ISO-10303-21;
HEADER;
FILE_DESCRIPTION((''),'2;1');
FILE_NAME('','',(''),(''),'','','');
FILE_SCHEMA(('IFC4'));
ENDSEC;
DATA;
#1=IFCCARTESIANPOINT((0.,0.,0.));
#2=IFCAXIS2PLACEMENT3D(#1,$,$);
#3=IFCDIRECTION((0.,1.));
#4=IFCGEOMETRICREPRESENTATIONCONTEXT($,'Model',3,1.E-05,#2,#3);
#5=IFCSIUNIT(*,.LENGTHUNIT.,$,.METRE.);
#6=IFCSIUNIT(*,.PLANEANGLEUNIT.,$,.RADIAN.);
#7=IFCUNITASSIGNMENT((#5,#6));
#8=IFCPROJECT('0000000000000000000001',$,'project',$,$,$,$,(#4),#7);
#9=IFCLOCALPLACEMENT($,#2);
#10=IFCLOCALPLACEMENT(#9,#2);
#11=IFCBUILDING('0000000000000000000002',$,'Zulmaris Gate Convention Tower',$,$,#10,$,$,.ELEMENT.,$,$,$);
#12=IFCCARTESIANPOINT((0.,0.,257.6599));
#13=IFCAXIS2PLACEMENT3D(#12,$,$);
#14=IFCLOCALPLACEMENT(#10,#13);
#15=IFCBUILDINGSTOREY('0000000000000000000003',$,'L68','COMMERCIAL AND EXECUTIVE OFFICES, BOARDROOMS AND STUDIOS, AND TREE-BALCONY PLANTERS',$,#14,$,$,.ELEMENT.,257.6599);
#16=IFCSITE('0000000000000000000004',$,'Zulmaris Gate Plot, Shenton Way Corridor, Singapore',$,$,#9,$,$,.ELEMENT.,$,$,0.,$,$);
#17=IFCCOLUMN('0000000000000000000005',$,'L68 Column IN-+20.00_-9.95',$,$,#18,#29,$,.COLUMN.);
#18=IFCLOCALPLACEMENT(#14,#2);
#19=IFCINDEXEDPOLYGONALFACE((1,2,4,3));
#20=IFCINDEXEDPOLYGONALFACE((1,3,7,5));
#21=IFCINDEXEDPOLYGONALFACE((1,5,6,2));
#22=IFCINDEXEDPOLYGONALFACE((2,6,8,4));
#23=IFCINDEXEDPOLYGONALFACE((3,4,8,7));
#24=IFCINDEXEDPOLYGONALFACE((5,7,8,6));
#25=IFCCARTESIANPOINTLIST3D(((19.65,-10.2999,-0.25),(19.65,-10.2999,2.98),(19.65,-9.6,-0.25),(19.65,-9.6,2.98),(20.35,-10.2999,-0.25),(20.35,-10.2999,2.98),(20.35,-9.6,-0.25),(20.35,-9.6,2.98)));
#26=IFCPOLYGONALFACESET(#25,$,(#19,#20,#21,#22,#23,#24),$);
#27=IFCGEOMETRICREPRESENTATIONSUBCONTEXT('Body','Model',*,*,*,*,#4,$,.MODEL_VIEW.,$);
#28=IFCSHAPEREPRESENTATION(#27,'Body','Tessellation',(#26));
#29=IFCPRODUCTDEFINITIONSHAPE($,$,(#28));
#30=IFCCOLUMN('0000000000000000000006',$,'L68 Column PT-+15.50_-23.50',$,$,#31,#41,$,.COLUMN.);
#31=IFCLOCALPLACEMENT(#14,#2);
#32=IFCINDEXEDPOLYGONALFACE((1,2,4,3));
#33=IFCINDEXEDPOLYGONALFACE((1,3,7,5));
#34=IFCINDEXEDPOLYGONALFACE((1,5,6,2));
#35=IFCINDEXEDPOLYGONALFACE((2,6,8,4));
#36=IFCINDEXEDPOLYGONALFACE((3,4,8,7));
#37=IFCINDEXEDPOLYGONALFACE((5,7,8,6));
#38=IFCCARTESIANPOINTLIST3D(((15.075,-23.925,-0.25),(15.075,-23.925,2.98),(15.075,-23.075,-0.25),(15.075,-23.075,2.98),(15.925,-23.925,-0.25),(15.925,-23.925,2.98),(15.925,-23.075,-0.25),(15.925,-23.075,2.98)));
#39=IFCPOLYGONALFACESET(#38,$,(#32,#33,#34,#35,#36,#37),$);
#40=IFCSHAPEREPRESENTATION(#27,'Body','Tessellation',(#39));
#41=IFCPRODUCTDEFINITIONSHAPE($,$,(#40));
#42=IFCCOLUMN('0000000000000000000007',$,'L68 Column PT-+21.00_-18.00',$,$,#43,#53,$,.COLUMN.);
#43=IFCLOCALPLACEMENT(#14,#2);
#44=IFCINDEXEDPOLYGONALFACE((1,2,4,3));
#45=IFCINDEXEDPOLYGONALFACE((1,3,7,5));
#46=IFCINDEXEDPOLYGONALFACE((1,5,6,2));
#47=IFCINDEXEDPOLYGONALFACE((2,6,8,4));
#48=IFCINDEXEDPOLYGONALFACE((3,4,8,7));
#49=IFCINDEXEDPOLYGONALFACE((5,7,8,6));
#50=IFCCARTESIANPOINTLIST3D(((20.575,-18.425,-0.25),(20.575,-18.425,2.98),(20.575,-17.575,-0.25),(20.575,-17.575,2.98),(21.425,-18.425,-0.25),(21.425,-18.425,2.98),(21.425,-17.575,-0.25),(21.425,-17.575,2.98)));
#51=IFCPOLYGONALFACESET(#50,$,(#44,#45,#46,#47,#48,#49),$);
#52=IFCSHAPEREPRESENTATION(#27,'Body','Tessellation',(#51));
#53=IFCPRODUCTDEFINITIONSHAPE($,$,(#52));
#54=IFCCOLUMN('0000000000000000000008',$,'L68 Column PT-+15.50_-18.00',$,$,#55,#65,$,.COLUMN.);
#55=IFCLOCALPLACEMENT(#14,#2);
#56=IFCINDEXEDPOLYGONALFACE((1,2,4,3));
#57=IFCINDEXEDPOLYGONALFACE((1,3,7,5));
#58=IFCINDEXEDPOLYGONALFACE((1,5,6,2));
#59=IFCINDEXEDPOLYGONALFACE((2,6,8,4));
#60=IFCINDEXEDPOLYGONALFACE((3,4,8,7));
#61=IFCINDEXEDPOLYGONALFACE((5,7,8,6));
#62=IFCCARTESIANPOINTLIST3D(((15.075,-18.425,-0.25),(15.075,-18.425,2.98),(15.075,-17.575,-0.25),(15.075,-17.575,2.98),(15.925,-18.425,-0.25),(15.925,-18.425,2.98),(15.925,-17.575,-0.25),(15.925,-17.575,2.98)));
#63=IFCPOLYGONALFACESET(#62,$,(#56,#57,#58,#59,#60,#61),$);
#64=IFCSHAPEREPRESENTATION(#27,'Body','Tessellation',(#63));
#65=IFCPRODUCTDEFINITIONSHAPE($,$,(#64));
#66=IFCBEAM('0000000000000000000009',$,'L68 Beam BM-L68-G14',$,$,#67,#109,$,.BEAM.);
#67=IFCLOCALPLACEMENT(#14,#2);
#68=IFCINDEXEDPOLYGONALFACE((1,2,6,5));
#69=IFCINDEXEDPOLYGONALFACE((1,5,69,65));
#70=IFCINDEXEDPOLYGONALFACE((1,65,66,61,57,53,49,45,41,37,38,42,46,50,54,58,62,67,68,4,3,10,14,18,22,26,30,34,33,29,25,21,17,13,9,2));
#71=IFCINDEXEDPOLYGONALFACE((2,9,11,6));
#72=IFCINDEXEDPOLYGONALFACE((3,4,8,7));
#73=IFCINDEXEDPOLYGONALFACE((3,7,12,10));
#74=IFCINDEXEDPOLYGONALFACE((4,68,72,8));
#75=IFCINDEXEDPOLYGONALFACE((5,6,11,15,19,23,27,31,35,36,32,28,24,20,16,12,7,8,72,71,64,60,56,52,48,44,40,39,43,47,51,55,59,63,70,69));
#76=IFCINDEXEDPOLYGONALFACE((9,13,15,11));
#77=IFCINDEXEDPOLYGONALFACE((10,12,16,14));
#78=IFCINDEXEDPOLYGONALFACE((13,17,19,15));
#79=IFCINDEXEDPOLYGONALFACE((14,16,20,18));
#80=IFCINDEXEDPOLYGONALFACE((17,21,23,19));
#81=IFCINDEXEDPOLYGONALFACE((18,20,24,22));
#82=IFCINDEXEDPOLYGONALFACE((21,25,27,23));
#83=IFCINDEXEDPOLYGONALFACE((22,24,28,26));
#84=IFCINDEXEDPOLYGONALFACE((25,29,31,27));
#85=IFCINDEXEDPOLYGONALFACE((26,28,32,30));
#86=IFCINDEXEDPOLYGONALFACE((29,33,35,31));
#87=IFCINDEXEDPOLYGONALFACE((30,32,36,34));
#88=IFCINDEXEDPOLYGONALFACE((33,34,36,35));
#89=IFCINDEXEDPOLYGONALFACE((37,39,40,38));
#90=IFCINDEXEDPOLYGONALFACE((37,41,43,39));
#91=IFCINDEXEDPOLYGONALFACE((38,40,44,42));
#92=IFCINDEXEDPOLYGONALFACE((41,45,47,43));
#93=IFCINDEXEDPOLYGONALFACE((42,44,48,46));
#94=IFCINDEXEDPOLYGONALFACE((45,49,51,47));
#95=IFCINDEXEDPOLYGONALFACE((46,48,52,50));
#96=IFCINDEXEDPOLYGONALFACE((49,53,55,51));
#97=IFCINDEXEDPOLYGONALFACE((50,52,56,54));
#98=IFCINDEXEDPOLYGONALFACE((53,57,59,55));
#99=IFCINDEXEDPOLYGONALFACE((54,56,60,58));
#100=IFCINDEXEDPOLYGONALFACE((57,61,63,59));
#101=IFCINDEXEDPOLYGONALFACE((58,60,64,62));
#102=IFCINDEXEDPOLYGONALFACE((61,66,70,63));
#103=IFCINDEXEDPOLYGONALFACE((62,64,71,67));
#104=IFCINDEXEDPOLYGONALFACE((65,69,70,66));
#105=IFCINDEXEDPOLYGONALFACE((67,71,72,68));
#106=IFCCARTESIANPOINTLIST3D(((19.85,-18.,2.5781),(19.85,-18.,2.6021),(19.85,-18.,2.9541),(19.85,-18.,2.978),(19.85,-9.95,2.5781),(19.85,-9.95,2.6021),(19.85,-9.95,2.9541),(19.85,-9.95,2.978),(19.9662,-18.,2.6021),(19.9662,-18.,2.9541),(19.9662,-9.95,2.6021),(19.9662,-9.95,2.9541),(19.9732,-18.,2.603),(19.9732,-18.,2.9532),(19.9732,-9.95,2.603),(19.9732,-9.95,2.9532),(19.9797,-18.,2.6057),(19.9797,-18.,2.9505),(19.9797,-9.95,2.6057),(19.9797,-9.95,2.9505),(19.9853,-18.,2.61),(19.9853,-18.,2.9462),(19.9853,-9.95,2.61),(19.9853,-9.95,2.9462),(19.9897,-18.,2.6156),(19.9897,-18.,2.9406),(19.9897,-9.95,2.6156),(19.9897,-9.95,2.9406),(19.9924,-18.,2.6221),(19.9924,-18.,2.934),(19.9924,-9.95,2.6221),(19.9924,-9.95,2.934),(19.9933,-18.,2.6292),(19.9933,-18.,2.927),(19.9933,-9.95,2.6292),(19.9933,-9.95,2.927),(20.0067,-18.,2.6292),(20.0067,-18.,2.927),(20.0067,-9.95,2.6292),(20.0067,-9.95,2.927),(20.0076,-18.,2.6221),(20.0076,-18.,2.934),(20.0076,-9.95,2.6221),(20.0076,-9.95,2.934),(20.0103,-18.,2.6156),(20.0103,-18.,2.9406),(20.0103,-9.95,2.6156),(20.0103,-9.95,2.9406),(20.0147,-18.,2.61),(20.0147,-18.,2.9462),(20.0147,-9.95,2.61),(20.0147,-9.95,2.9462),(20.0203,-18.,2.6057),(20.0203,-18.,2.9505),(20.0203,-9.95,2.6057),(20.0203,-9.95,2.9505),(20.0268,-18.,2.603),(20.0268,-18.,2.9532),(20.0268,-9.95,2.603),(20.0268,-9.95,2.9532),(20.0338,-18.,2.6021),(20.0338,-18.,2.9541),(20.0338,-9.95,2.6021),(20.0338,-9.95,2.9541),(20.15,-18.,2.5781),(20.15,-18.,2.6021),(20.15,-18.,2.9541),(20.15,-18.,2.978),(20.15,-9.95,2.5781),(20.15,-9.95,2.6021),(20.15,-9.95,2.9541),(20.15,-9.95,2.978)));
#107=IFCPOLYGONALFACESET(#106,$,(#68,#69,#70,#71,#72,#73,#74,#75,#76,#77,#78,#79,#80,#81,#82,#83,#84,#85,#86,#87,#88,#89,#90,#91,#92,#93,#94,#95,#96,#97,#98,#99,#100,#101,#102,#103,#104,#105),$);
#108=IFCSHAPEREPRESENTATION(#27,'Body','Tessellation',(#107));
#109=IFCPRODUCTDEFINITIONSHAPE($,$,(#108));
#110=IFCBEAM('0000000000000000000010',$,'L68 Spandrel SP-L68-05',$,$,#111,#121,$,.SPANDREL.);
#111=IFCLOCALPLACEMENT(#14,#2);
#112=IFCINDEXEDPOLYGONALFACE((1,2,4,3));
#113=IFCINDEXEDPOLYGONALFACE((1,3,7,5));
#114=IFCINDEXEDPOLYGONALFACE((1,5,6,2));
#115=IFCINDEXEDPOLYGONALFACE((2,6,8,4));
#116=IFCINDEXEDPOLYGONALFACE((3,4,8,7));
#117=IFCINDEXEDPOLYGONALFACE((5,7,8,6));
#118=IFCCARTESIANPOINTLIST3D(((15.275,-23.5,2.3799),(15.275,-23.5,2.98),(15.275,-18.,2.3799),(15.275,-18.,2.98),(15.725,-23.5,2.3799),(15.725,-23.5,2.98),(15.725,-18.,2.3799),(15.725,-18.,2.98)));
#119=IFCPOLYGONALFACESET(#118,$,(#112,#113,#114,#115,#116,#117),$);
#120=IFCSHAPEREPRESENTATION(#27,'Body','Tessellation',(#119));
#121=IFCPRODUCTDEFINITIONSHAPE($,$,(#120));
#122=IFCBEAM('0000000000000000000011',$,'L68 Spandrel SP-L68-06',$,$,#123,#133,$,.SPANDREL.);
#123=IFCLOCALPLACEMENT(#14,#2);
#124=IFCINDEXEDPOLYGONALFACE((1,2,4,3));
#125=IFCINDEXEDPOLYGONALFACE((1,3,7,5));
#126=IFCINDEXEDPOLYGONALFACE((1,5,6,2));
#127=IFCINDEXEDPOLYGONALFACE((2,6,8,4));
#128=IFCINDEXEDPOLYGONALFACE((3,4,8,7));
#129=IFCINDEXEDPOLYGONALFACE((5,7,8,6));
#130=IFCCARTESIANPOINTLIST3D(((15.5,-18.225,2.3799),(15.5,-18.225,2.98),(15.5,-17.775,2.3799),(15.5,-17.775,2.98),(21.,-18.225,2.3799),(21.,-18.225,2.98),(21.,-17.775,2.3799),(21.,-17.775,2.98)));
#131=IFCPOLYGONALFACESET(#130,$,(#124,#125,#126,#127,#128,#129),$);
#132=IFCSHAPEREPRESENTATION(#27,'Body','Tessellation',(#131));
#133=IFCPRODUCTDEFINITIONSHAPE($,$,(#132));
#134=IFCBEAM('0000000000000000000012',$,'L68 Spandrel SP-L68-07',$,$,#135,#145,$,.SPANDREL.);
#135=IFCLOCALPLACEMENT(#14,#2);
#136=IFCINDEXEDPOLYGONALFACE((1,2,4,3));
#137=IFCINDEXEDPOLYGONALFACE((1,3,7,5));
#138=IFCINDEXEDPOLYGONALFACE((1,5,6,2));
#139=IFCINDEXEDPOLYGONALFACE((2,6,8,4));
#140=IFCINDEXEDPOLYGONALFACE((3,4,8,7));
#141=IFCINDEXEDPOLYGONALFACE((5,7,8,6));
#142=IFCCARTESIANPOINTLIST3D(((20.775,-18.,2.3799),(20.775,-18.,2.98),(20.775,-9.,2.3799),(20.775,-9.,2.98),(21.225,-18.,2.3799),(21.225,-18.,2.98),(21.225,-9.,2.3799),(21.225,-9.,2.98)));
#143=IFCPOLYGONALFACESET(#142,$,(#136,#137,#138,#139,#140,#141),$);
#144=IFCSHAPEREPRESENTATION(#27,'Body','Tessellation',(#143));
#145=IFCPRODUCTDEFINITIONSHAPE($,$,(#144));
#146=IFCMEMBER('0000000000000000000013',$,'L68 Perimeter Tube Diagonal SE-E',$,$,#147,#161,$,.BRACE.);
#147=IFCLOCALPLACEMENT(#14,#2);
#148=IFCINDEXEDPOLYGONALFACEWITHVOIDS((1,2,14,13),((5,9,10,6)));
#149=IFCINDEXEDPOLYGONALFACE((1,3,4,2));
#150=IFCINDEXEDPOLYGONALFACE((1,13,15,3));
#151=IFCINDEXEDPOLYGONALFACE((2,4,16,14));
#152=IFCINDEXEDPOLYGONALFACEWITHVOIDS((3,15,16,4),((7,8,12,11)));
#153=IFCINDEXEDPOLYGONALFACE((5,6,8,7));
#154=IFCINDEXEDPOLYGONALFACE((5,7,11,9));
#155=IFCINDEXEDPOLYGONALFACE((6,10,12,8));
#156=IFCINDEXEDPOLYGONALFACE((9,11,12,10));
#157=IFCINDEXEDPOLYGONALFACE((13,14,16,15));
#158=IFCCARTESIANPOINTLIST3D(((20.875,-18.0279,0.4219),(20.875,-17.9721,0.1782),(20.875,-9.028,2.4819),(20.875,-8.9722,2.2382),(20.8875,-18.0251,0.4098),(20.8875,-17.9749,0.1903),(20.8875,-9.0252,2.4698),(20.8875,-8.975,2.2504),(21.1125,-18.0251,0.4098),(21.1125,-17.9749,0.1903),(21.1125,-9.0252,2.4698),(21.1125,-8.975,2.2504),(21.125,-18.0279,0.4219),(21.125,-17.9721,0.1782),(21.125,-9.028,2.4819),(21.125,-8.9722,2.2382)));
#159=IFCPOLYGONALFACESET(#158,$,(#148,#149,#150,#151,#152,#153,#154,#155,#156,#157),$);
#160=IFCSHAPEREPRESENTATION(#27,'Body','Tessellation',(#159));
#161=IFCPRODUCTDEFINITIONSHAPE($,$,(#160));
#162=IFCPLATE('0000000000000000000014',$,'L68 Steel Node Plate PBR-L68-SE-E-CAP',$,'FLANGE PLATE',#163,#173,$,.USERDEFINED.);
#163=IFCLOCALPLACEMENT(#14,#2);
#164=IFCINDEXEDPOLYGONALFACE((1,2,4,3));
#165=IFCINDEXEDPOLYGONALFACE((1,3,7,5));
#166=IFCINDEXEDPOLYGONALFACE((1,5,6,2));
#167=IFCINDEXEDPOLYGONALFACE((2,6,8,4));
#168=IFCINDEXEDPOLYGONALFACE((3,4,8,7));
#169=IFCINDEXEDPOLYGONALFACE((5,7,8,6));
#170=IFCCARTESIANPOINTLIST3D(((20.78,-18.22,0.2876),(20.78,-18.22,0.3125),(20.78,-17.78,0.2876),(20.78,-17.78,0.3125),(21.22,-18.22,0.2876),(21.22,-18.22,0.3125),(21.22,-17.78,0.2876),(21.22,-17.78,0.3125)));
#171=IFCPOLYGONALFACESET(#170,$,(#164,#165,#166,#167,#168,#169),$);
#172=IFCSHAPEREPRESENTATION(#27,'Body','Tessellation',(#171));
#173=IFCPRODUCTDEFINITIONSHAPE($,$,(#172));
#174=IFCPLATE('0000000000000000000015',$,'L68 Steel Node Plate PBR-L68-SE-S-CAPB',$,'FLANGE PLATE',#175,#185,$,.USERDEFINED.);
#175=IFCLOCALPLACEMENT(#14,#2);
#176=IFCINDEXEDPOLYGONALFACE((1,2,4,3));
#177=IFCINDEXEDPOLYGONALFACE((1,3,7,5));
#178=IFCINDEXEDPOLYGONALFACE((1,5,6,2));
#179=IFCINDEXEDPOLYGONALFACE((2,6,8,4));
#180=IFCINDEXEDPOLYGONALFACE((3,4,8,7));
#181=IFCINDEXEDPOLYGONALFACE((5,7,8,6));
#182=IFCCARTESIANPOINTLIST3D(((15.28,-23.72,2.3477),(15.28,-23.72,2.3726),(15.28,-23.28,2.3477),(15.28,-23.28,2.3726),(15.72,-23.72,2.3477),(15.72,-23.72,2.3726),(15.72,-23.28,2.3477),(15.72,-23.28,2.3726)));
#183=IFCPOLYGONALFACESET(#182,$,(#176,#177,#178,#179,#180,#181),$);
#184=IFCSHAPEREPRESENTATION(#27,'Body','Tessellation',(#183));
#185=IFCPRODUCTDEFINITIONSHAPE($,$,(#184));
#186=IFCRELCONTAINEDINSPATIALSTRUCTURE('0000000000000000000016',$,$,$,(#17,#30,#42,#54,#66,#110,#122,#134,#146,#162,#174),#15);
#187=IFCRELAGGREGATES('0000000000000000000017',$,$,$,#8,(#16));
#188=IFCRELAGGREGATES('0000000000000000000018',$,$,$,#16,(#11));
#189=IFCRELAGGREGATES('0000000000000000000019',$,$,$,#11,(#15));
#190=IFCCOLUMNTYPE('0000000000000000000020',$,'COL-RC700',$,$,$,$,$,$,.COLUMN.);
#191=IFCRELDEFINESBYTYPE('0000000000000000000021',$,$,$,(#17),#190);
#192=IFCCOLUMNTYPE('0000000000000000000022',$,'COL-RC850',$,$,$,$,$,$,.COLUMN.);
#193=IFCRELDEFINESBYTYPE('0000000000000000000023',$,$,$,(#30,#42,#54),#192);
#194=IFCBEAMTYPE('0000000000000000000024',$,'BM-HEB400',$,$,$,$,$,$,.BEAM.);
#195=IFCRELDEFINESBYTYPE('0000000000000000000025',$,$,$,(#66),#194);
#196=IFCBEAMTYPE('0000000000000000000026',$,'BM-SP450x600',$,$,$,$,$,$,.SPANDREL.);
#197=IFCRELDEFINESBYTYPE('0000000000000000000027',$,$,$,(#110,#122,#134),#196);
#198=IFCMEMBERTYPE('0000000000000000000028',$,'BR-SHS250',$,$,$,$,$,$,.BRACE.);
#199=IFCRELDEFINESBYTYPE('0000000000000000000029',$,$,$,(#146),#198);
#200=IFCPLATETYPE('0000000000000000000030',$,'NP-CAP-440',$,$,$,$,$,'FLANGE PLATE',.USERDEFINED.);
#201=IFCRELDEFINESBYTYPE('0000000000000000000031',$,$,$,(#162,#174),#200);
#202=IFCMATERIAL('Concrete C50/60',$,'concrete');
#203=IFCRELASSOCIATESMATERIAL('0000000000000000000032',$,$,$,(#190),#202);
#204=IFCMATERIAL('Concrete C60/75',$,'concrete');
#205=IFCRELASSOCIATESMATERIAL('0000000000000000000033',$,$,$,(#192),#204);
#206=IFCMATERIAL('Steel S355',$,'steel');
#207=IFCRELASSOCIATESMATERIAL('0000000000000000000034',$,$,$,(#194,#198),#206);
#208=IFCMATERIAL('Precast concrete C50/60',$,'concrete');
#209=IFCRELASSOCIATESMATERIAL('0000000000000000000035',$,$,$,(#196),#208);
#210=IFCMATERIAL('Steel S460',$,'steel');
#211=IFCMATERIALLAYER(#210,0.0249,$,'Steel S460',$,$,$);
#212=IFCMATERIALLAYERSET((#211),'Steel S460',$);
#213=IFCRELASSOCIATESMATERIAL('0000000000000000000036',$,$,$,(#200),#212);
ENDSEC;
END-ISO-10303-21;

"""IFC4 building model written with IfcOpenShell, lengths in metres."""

from ifc_helpers import new_model, si_unit, direction, frame, origin, origin_2d, place, context, subcontext, project, spatial, rectangle, hollow_rectangle, i_section, extrude, material, layer, layer_set, material_profile, profile_set, type_object, element, save


model = new_model("IFC4")

# Units and contexts
model_context = context("Model", 3, precision=1e-05, world=origin(), true_north=direction((0.0, 1.0)))
body_context = subcontext(model_context, "Body", "Model", "MODEL_VIEW")
ifc_project = project(units=[si_unit("LENGTHUNIT", "METRE"), si_unit("PLANEANGLEUNIT", "RADIAN")], contexts=[model_context])

# Site, building, storey
site_placement = place(None, origin())
site = spatial("IfcSite", under=ifc_project, at=site_placement, Name="Zulmaris Gate Plot, Shenton Way Corridor, Singapore", CompositionType="ELEMENT", RefElevation=0.0)
building_placement = place(site_placement, origin())
building = spatial("IfcBuilding", under=site, at=building_placement, Name="Zulmaris Gate Convention Tower", CompositionType="ELEMENT")
storey_placement = place(building_placement, frame((0.0, 0.0, 257.6599)))
storey = spatial("IfcBuildingStorey", under=building, at=storey_placement, Name="L68", Description="COMMERCIAL AND EXECUTIVE OFFICES, BOARDROOMS AND STUDIOS, AND TREE-BALCONY PLANTERS", CompositionType="ELEMENT", Elevation=257.6599)

# Columns
ifc_material_1 = material(Name="Concrete C50/60", Category="concrete")
ifc_material_profile_1 = material_profile(ifc_material_1, rectangle(XDim=0.7, YDim=0.7, at=origin_2d()), Name="RC COL 700x700")
ifc_profile_set_1 = profile_set([ifc_material_profile_1], Name="Concrete C50/60")
column_type_1 = type_object("IfcColumnType", Name="COL-RC700", PredefinedType="COLUMN", material=ifc_profile_set_1)
column_placement = place(storey_placement, frame((20.0, -9.95, -0.25), z_axis=(0.0, 0.0, 1.0), x_axis=(1.0, 0.0, 0.0)))
element("IfcColumn", 1, at=column_placement, inside=storey, type_object=column_type_1, Name="L68 Column IN-+20.00_-9.95", PredefinedType="COLUMN", context=body_context, shape_type="SweptSolid", body=[
    extrude(rectangle(XDim=0.7, YDim=0.7, at=origin_2d()), origin(), (0.0, 0.0, 1.0), 3.23),
])
ifc_material_2 = material(Name="Concrete C60/75", Category="concrete")
ifc_material_profile_2 = material_profile(ifc_material_2, rectangle(XDim=0.8501, YDim=0.8501, at=origin_2d()), Name="RC COL 850x850")
ifc_profile_set_2 = profile_set([ifc_material_profile_2], Name="Concrete C60/75")
column_type_2 = type_object("IfcColumnType", Name="COL-RC850", PredefinedType="COLUMN", material=ifc_profile_set_2)
for number, where, z_axis, x_axis, name in (
    (2, (15.5, -23.5, -0.25), (0.0, 0.0, 1.0), (1.0, 0.0, 0.0), "L68 Column PT-+15.50_-23.50"),
    (3, (21.0, -18.0, -0.25), (0.0, 0.0, 1.0), (1.0, 0.0, 0.0), "L68 Column PT-+21.00_-18.00"),
    (4, (15.5, -18.0, -0.25), (0.0, 0.0, 1.0), (1.0, 0.0, 0.0), "L68 Column PT-+15.50_-18.00"),
):
    element("IfcColumn", number, at=place(storey_placement, frame(where, z_axis=z_axis, x_axis=x_axis)), inside=storey, type_object=column_type_2, Name=name, PredefinedType="COLUMN", context=body_context, shape_type="SweptSolid", body=[
        extrude(rectangle(XDim=0.8501, YDim=0.8501, at=origin_2d()), origin(), (0.0, 0.0, 1.0), 3.23),
    ])

# Beams
ifc_material_3 = material(Name="Steel S355", Category="steel")
ifc_material_profile_3 = material_profile(ifc_material_3, i_section(OverallWidth=0.3, OverallDepth=0.3999, WebThickness=0.0134, FlangeThickness=0.0239, FilletRadius=0.0271, at=origin_2d()), Name="HEB 400")
ifc_profile_set_3 = profile_set([ifc_material_profile_3], Name="Steel S355")
beam_type_1 = type_object("IfcBeamType", Name="BM-HEB400", PredefinedType="BEAM", material=ifc_profile_set_3)
beam_1_placement = place(storey_placement, frame((20.0, -18.0, 2.7781), z_axis=(0.0, 1.0, 0.0), x_axis=(-1.0, 0.0, 0.0)))
element("IfcBeam", 5, at=beam_1_placement, inside=storey, type_object=beam_type_1, Name="L68 Beam BM-L68-G14", PredefinedType="BEAM", context=body_context, shape_type="SweptSolid", body=[
    extrude(i_section(OverallWidth=0.3, OverallDepth=0.3999, WebThickness=0.0134, FlangeThickness=0.0239, FilletRadius=0.0271, at=origin_2d()), origin(), (0.0, 0.0, 1.0), 8.05),
])
ifc_material_4 = material(Name="Precast concrete C50/60", Category="concrete")
ifc_material_profile_4 = material_profile(ifc_material_4, rectangle(XDim=0.45, YDim=0.6001, at=origin_2d()), Name="RC SPANDREL 450x600")
ifc_profile_set_4 = profile_set([ifc_material_profile_4], Name="Precast concrete C50/60")
beam_type_2 = type_object("IfcBeamType", Name="BM-SP450x600", PredefinedType="SPANDREL", material=ifc_profile_set_4)
for number, where, z_axis, x_axis, name in (
    (6, (15.5, -23.5, 2.6799), (0.0, 1.0, 0.0), (-1.0, 0.0, 0.0), "L68 Spandrel SP-L68-05"),
    (7, (15.5, -18.0, 2.6799), (1.0, 0.0, 0.0), (0.0, 1.0, 0.0), "L68 Spandrel SP-L68-06"),
):
    element("IfcBeam", number, at=place(storey_placement, frame(where, z_axis=z_axis, x_axis=x_axis)), inside=storey, type_object=beam_type_2, Name=name, PredefinedType="SPANDREL", context=body_context, shape_type="SweptSolid", body=[
        extrude(rectangle(XDim=0.45, YDim=0.6001, at=origin_2d()), origin(), (0.0, 0.0, 1.0), 5.5),
    ])
beam_2_placement = place(storey_placement, frame((21.0, -18.0, 2.6799), z_axis=(0.0, 1.0, 0.0), x_axis=(-1.0, 0.0, 0.0)))
element("IfcBeam", 8, at=beam_2_placement, inside=storey, type_object=beam_type_2, Name="L68 Spandrel SP-L68-07", PredefinedType="SPANDREL", context=body_context, shape_type="SweptSolid", body=[
    extrude(rectangle(XDim=0.45, YDim=0.6001, at=origin_2d()), origin(), (0.0, 0.0, 1.0), 9.0),
])

# Member
ifc_material_profile_5 = material_profile(ifc_material_3, hollow_rectangle(XDim=0.25, YDim=0.25, WallThickness=0.0125, at=origin_2d()), Name="SHS 250x250x12.5")
ifc_profile_set_5 = profile_set([ifc_material_profile_5], Name="Steel S355")
member_type = type_object("IfcMemberType", Name="BR-SHS250", PredefinedType="BRACE", material=ifc_profile_set_5)
member_placement = place(storey_placement, frame((21.0, -18.0, 0.3), z_axis=(0.0, 0.97479, 0.223125), x_axis=(-1.0, 0.0, 0.0)))
element("IfcMember", 9, at=member_placement, inside=storey, type_object=member_type, Name="L68 Perimeter Tube Diagonal SE-E", PredefinedType="BRACE", context=body_context, shape_type="SweptSolid", body=[
    extrude(hollow_rectangle(XDim=0.25, YDim=0.25, WallThickness=0.0125, at=origin_2d()), origin(), (0.0, 0.0, 1.0), 9.2327),
])

# Plates
ifc_material_5 = material(Name="Steel S460", Category="steel")
ifc_layer_1 = layer(ifc_material_5, 0.0249, Name="Steel S460")
ifc_layer_set_1 = layer_set([ifc_layer_1], Name="Steel S460")
plate_type = type_object("IfcPlateType", Name="NP-CAP-440", ElementType="FLANGE PLATE", PredefinedType="USERDEFINED", material=ifc_layer_set_1)
for number, where, z_axis, x_axis, name in (
    (10, (21.0, -18.0, 0.2876), (0.0, 0.0, 1.0), (1.0, 0.0, 0.0), "L68 Steel Node Plate PBR-L68-SE-E-CAP"),
    (11, (15.5, -23.5, 2.3477), (0.0, 0.0, 1.0), (1.0, 0.0, 0.0), "L68 Steel Node Plate PBR-L68-SE-S-CAPB"),
):
    element("IfcPlate", number, at=place(storey_placement, frame(where, z_axis=z_axis, x_axis=x_axis)), inside=storey, type_object=plate_type, Name=name, ObjectType="FLANGE PLATE", PredefinedType="USERDEFINED", context=body_context, shape_type="SweptSolid", body=[
        extrude(rectangle(XDim=0.4399, YDim=0.4399, at=origin_2d()), origin(), (0.0, 0.0, 1.0), 0.0249),
    ])

save(model, "model.ifc")
